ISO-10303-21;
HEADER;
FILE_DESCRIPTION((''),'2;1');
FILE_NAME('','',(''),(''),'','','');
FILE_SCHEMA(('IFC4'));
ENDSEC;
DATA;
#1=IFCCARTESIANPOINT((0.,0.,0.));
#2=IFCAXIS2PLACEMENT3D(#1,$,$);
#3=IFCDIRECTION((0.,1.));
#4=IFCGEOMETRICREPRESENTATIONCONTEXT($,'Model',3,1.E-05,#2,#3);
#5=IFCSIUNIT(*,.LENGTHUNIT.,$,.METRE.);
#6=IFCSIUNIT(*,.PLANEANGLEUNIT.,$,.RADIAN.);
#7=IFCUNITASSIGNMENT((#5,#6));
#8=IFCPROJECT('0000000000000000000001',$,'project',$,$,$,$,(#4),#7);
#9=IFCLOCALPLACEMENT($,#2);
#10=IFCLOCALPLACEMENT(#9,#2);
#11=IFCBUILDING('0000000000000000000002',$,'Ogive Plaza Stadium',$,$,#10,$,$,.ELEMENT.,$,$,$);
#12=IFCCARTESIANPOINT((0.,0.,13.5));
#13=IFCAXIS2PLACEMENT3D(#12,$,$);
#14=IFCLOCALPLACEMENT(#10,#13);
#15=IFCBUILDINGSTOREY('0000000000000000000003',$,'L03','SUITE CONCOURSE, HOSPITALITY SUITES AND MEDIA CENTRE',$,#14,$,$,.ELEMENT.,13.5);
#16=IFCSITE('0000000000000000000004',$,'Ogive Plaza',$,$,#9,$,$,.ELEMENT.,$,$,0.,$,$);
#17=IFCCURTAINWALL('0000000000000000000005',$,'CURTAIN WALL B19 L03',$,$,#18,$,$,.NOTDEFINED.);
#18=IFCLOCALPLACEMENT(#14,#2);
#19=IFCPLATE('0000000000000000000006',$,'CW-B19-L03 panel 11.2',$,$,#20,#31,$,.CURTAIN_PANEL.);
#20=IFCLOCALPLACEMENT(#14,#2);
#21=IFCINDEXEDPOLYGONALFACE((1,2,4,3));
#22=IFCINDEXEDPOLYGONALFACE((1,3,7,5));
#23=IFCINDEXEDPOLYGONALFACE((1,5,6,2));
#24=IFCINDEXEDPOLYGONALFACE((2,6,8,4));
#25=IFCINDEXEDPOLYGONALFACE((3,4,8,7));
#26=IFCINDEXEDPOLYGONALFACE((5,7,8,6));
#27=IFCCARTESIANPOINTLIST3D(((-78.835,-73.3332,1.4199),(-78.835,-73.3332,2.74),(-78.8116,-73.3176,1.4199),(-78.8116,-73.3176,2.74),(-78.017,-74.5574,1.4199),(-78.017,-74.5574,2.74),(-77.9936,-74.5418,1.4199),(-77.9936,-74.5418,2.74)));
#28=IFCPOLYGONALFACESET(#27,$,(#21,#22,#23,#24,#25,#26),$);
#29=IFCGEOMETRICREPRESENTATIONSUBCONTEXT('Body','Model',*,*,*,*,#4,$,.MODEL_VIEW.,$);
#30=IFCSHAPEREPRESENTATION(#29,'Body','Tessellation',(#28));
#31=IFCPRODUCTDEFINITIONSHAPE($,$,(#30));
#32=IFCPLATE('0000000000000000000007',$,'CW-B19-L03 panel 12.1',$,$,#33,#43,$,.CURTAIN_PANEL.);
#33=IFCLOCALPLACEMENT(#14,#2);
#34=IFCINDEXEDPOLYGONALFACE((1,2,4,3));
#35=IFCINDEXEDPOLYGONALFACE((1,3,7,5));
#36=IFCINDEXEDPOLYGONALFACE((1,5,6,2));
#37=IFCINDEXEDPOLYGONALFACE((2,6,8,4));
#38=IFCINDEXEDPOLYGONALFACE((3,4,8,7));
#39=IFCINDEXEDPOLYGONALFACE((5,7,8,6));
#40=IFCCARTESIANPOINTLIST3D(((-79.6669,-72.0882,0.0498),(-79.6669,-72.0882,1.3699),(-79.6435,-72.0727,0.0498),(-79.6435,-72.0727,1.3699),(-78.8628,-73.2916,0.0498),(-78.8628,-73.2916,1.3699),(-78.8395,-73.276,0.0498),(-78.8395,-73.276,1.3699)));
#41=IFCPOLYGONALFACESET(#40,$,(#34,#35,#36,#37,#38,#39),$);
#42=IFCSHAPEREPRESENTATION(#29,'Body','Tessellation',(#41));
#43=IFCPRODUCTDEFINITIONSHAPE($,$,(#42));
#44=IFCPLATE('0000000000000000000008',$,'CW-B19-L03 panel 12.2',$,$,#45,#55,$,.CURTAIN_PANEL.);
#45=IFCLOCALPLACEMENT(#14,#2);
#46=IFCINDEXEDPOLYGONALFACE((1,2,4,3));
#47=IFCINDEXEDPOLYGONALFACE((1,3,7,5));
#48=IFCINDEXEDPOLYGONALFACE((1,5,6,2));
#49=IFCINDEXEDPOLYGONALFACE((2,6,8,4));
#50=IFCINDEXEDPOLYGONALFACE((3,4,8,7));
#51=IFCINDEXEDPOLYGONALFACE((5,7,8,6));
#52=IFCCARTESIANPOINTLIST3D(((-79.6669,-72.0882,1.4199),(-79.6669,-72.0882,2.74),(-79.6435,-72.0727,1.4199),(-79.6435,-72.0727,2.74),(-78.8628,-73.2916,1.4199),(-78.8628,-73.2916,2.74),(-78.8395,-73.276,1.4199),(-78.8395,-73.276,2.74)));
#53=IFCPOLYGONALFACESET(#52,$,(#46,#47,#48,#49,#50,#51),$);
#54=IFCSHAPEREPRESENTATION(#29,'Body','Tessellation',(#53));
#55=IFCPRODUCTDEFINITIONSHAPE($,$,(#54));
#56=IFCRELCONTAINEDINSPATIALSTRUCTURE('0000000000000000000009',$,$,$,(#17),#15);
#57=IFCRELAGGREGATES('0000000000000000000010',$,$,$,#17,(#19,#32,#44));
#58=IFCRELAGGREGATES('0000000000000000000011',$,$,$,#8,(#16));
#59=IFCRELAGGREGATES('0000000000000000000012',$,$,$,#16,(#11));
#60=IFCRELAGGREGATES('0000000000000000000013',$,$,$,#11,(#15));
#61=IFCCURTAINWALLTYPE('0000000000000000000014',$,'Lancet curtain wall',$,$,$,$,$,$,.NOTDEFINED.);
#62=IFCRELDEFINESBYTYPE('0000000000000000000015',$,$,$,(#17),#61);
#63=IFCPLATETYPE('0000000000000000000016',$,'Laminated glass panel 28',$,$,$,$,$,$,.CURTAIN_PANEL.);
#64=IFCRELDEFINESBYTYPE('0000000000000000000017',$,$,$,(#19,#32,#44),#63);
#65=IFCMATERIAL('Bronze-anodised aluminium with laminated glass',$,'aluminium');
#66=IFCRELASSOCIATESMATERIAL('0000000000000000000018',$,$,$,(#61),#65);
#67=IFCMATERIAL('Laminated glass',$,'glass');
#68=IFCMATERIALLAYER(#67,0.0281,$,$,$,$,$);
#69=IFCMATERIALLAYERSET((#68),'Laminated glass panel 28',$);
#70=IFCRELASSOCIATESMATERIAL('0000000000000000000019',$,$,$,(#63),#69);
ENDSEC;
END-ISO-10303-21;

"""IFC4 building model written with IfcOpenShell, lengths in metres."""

from ifc_helpers import new_model, si_unit, direction, frame, origin, origin_2d, place, context, subcontext, project, spatial, rectangle, extrude, material, layer, layer_set, type_object, element, aggregate, save


model = new_model("IFC4")

# Units and contexts
model_context = context("Model", 3, precision=1e-05, world=origin(), true_north=direction((0.0, 1.0)))
body_context = subcontext(model_context, "Body", "Model", "MODEL_VIEW")
ifc_project = project(units=[si_unit("LENGTHUNIT", "METRE"), si_unit("PLANEANGLEUNIT", "RADIAN")], contexts=[model_context])

# Site, building, storey
site_placement = place(None, origin())
site = spatial("IfcSite", under=ifc_project, at=site_placement, Name="Ogive Plaza", CompositionType="ELEMENT", RefElevation=0.0)
building_placement = place(site_placement, origin())
building = spatial("IfcBuilding", under=site, at=building_placement, Name="Ogive Plaza Stadium", CompositionType="ELEMENT")
storey_placement = place(building_placement, frame((0.0, 0.0, 13.5)))
storey = spatial("IfcBuildingStorey", under=building, at=storey_placement, Name="L03", Description="SUITE CONCOURSE, HOSPITALITY SUITES AND MEDIA CENTRE", CompositionType="ELEMENT", Elevation=13.5)

# Curtain wall
ifc_material_1 = material(Name="Bronze-anodised aluminium with laminated glass", Category="aluminium")
curtain_wall_type = type_object("IfcCurtainWallType", Name="Lancet curtain wall", PredefinedType="NOTDEFINED", material=ifc_material_1)
curtain_wall_1_placement = place(storey_placement, origin())
curtain_wall_1 = element("IfcCurtainWall", 1, at=curtain_wall_1_placement, inside=storey, type_object=curtain_wall_type, Name="CURTAIN WALL B19 L03", PredefinedType="NOTDEFINED")

# Plates
ifc_material_2 = material(Name="Laminated glass", Category="glass")
ifc_layer = layer(ifc_material_2, 0.0281)
ifc_layer_set = layer_set([ifc_layer], Name="Laminated glass panel 28")
plate_type = type_object("IfcPlateType", Name="Laminated glass panel 28", PredefinedType="CURTAIN_PANEL", material=ifc_layer_set)
plate_1_placement = place(storey_placement, frame((-78.4143, -73.9375, 1.4199), z_axis=(0.0, 0.0, 1.0), x_axis=(-0.55557, 0.83147, 0.0)))
plate_1 = element("IfcPlate", 2, at=plate_1_placement, type_object=plate_type, Name="CW-B19-L03 panel 11.2", PredefinedType="CURTAIN_PANEL", context=body_context, shape_type="SweptSolid", body=[
    extrude(rectangle(XDim=1.4724, YDim=0.0281, at=origin_2d()), origin(), (0.0, 0.0, 1.0), 1.3201),
])
plate_2_placement = place(storey_placement, frame((-79.2532, -72.6821, 0.0498), z_axis=(0.0, 0.0, 1.0), x_axis=(-0.55557, 0.83147, 0.0)))
plate_2 = element("IfcPlate", 3, at=plate_2_placement, type_object=plate_type, Name="CW-B19-L03 panel 12.1", PredefinedType="CURTAIN_PANEL", context=body_context, shape_type="SweptSolid", body=[
    extrude(rectangle(XDim=1.4473, YDim=0.0281, at=origin_2d()), origin(), (0.0, 0.0, 1.0), 1.3201),
])
plate_3_placement = place(storey_placement, frame((-79.2532, -72.6821, 1.4199), z_axis=(0.0, 0.0, 1.0), x_axis=(-0.55557, 0.83147, 0.0)))
plate_3 = element("IfcPlate", 4, at=plate_3_placement, type_object=plate_type, Name="CW-B19-L03 panel 12.2", PredefinedType="CURTAIN_PANEL", context=body_context, shape_type="SweptSolid", body=[
    extrude(rectangle(XDim=1.4473, YDim=0.0281, at=origin_2d()), origin(), (0.0, 0.0, 1.0), 1.3201),
])
aggregate(curtain_wall_1, [plate_1, plate_2, plate_3])

save(model, "model.ifc")
